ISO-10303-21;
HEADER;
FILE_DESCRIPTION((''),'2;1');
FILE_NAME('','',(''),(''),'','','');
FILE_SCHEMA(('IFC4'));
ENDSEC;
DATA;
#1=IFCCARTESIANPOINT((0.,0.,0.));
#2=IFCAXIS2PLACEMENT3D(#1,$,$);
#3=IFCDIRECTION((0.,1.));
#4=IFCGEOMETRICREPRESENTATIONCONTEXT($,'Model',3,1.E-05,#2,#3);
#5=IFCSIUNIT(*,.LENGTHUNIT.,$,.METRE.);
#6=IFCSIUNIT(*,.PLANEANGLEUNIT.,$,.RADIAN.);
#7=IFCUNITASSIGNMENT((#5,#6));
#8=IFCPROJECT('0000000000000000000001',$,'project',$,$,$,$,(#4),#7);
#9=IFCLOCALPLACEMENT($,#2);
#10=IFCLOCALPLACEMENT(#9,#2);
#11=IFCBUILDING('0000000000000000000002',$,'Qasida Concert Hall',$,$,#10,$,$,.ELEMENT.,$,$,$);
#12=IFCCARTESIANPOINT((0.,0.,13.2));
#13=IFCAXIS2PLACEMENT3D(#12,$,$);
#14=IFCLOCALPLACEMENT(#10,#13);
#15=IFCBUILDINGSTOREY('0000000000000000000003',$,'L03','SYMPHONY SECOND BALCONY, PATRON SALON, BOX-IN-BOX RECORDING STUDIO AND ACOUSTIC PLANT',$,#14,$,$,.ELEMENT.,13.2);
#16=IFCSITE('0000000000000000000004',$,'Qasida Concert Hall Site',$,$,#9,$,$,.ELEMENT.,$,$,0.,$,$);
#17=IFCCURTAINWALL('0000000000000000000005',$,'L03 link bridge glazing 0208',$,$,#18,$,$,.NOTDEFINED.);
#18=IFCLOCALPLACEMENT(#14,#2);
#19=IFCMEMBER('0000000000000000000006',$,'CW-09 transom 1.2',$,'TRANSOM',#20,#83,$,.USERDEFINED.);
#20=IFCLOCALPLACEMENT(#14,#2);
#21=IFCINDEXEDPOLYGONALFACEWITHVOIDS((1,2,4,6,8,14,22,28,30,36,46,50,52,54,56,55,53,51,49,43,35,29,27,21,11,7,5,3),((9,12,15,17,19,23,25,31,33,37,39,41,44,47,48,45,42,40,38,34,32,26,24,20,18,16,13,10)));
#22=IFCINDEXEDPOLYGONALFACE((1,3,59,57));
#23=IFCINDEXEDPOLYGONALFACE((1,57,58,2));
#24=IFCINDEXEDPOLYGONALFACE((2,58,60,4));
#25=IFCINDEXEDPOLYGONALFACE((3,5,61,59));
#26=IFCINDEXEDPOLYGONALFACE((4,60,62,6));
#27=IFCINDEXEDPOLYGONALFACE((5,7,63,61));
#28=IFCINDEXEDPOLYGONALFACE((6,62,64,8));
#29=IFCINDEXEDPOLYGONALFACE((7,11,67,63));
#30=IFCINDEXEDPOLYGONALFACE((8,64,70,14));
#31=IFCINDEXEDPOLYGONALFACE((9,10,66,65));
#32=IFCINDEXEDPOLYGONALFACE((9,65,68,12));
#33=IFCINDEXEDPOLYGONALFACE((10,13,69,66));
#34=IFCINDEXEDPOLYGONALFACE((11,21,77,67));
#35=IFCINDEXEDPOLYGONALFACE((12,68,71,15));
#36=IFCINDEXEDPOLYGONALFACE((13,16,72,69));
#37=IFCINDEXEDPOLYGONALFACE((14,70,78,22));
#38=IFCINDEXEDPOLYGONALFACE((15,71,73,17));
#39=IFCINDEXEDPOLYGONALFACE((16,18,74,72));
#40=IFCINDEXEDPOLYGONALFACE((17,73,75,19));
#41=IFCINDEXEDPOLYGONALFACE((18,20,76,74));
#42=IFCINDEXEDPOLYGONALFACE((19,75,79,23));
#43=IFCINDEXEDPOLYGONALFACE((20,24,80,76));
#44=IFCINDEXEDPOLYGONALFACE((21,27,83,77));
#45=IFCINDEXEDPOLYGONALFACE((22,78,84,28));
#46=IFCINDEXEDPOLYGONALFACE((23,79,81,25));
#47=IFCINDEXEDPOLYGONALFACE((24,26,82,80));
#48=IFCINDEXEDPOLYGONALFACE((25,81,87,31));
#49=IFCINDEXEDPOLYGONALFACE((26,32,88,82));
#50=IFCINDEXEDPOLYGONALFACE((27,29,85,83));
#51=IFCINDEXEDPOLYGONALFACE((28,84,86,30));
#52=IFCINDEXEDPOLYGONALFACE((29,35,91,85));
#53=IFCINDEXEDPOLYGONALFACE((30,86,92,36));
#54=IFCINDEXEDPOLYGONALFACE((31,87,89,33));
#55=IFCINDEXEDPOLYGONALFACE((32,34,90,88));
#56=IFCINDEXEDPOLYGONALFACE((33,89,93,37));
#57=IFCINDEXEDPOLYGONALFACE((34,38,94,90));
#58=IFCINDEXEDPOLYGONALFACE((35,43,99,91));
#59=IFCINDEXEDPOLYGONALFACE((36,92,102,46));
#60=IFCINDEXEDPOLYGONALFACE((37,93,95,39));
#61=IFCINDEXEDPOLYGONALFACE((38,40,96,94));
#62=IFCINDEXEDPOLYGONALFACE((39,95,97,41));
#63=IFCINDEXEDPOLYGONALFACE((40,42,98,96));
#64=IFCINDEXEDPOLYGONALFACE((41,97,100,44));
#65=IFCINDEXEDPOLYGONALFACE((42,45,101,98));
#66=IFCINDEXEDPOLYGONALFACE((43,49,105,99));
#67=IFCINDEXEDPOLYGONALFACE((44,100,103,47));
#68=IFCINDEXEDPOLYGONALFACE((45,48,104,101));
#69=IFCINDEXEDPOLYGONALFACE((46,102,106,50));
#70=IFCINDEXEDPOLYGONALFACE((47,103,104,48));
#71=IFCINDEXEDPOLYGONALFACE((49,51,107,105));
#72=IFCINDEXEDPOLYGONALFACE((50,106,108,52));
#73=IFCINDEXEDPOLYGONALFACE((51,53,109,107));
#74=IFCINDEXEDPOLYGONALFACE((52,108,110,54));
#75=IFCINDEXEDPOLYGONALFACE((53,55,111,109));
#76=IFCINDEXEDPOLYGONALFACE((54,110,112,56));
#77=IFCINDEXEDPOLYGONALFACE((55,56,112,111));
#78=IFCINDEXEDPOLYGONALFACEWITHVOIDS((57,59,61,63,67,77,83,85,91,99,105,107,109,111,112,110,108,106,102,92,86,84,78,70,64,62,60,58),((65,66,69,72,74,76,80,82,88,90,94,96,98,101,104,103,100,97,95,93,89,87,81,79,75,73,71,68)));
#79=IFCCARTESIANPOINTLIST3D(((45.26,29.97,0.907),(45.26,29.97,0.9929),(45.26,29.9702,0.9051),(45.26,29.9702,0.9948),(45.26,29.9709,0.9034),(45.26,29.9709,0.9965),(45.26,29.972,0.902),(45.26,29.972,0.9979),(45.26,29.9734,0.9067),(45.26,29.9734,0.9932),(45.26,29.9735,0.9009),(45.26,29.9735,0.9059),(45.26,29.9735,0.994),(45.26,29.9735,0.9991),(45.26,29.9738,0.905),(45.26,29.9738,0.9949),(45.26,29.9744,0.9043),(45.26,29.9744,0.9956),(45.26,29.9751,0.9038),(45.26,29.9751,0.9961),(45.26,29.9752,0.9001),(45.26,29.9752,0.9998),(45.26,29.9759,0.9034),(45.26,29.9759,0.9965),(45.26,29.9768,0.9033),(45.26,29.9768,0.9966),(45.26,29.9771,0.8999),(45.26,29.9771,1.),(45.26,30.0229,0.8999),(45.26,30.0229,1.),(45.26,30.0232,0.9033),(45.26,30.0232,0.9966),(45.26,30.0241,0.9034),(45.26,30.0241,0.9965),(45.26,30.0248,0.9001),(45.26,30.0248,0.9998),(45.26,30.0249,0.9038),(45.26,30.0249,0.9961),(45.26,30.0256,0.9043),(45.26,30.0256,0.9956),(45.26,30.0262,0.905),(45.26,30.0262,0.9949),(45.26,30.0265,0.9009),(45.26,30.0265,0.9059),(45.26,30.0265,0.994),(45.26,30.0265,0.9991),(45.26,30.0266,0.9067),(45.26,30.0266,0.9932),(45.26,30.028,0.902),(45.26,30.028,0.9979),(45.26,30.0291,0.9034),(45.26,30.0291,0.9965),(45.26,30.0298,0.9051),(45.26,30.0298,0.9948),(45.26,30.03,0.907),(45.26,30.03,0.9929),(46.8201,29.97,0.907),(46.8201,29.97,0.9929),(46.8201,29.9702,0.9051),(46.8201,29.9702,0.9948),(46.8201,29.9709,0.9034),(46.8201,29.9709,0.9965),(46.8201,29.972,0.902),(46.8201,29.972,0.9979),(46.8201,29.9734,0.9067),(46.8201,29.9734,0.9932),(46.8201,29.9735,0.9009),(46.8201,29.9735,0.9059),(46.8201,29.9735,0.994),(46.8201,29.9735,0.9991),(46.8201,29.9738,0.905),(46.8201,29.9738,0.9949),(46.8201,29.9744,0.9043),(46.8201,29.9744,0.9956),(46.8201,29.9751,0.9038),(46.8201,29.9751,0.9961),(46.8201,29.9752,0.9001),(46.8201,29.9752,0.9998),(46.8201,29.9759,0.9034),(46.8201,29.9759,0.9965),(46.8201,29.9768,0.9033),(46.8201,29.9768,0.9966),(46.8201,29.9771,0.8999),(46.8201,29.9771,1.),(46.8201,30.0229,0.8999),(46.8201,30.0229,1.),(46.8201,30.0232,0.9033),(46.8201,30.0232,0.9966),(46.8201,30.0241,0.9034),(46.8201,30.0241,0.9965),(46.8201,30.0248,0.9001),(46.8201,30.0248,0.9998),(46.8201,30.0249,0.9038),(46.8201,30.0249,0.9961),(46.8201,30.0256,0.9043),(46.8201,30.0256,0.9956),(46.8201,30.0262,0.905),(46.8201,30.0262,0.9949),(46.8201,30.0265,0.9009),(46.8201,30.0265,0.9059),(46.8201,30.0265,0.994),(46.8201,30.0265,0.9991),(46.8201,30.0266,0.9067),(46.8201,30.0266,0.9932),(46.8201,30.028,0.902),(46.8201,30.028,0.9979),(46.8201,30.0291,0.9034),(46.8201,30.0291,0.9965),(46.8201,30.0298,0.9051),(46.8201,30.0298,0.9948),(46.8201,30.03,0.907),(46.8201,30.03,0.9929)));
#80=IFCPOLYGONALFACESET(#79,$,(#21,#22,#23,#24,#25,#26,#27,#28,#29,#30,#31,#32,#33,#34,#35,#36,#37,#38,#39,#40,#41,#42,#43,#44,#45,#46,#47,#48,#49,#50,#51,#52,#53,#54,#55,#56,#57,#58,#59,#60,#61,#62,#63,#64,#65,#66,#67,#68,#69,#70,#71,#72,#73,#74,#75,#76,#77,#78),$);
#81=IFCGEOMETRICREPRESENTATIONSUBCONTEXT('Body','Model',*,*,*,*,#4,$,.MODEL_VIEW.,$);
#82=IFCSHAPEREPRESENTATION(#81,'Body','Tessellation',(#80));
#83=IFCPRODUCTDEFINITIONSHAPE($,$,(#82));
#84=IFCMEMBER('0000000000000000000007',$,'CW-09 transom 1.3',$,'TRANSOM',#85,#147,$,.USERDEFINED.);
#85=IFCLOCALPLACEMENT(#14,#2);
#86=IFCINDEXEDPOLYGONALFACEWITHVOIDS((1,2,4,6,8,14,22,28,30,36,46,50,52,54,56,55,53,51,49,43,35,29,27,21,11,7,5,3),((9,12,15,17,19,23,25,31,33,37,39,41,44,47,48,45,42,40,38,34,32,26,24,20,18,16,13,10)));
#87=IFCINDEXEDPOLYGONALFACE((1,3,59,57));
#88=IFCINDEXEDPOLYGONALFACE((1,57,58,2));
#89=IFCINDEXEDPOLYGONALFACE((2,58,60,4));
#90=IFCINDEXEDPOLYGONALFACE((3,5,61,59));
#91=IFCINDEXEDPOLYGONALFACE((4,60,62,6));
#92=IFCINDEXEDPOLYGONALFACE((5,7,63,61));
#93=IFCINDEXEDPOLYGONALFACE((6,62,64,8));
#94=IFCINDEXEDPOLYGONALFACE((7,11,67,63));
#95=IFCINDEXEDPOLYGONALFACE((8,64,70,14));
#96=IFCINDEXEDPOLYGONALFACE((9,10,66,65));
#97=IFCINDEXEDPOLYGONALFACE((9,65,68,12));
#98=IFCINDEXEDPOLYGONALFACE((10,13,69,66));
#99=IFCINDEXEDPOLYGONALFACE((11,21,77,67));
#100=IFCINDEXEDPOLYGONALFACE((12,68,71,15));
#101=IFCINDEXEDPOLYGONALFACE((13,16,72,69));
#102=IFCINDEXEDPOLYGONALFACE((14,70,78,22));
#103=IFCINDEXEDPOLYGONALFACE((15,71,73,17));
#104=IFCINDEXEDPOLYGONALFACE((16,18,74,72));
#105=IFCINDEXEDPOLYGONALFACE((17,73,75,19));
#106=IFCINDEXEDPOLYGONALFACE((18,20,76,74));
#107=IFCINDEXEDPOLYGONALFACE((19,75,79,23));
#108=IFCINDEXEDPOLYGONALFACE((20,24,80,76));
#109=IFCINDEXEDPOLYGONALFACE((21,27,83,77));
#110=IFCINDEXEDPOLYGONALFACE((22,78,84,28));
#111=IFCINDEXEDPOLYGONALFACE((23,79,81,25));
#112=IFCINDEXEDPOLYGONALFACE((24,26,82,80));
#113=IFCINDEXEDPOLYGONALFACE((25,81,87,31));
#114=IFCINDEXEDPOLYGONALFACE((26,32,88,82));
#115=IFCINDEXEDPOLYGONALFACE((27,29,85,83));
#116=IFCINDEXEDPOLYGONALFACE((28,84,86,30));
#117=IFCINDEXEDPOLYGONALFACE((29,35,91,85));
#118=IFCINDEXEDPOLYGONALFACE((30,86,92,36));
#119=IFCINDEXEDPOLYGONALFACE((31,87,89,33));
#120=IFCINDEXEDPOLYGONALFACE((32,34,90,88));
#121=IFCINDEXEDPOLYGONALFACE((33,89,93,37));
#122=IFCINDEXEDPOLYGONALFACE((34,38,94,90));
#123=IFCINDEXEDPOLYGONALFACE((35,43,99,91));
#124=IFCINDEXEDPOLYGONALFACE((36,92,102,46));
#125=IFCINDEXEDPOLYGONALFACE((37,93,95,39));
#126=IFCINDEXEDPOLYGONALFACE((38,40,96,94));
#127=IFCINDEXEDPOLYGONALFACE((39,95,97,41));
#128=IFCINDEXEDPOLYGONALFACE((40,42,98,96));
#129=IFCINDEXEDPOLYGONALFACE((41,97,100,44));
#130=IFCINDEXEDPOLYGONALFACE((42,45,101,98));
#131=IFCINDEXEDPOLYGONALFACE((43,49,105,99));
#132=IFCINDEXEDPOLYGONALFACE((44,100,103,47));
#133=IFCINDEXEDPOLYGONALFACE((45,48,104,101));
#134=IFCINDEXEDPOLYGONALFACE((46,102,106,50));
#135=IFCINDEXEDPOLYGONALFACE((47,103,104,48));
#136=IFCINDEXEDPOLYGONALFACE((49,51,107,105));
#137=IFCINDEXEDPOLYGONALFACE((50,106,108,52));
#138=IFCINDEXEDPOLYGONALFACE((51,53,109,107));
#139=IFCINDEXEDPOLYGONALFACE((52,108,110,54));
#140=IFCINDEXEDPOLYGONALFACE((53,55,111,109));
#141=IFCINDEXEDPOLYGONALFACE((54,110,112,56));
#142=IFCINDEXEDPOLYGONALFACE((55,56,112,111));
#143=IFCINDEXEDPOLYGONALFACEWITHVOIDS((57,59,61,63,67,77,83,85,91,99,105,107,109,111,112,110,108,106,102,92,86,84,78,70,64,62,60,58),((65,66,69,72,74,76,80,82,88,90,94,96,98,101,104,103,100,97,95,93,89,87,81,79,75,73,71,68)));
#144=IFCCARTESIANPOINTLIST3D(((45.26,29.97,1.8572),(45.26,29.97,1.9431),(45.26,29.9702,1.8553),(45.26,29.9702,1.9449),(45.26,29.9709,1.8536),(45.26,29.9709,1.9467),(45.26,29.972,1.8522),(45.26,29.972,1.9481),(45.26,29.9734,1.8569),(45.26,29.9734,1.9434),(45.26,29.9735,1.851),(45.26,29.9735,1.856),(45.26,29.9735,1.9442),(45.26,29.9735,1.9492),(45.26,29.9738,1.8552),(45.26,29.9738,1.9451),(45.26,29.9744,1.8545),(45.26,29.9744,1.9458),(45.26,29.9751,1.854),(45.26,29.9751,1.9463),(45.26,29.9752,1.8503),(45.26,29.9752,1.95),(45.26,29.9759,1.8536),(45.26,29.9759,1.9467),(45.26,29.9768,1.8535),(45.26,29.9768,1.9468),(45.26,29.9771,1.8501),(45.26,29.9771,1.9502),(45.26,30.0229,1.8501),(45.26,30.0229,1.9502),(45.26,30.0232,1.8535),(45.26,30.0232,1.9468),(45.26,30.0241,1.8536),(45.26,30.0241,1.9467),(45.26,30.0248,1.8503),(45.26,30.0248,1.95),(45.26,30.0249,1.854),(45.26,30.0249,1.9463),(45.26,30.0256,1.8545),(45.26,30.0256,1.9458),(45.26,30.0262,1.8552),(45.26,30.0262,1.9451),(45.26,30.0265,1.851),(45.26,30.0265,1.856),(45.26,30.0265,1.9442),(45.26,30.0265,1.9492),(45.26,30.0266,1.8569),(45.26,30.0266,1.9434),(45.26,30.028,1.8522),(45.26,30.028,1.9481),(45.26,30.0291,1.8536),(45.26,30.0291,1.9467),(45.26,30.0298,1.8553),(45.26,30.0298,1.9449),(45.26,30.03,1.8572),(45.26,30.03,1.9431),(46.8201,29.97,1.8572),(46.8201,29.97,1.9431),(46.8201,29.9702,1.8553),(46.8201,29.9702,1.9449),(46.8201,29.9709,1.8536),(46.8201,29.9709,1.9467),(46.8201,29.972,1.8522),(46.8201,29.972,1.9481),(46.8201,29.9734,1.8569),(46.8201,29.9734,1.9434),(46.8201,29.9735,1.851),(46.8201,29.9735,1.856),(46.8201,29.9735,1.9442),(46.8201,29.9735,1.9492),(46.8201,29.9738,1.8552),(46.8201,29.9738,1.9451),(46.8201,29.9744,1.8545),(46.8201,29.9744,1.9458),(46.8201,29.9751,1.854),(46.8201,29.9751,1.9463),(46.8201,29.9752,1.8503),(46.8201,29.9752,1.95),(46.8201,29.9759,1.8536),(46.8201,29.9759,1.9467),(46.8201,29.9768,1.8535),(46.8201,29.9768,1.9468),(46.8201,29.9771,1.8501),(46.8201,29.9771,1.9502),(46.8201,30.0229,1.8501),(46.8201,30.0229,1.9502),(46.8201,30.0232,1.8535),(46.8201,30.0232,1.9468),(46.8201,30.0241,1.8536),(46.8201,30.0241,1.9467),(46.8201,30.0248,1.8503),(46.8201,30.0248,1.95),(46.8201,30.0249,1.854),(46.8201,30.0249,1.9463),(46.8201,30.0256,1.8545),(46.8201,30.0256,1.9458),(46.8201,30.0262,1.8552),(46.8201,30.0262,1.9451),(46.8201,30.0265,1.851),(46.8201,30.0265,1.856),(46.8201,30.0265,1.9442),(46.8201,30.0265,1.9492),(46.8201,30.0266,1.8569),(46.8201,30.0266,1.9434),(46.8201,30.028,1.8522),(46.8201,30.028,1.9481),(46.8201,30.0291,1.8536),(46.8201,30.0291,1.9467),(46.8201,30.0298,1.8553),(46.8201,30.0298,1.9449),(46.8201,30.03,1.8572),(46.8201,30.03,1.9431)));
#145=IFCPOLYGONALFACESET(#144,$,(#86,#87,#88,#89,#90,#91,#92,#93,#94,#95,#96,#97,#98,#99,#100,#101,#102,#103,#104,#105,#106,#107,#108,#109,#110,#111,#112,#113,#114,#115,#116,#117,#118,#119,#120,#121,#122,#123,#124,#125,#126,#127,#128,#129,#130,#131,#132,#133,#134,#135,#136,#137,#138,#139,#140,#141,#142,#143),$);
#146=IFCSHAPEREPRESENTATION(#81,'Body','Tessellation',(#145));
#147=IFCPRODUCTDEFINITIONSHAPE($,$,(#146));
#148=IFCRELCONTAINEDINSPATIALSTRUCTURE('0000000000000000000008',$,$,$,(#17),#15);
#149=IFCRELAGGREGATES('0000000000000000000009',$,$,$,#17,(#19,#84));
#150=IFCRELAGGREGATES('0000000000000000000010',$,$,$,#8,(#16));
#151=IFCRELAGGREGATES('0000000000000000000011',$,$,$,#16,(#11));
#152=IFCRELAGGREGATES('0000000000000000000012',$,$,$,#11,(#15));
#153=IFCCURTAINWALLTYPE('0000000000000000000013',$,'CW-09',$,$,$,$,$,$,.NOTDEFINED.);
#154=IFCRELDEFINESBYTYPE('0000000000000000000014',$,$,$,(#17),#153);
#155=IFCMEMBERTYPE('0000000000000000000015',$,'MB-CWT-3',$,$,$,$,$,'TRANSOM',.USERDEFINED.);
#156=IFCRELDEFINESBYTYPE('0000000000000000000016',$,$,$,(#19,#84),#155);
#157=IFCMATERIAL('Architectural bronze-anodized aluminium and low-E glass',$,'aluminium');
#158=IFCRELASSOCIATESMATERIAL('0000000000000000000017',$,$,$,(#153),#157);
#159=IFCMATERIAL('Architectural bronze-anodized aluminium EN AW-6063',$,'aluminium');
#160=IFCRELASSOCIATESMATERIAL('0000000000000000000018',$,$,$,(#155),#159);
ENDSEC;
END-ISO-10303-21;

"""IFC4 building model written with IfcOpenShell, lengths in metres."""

from ifc_helpers import new_model, si_unit, direction, frame, origin, origin_2d, place, context, subcontext, project, spatial, hollow_rectangle, extrude, material, material_profile, profile_set, type_object, element, aggregate, save


model = new_model("IFC4")

# Units and contexts
model_context = context("Model", 3, precision=1e-05, world=origin(), true_north=direction((0.0, 1.0)))
body_context = subcontext(model_context, "Body", "Model", "MODEL_VIEW")
ifc_project = project(units=[si_unit("LENGTHUNIT", "METRE"), si_unit("PLANEANGLEUNIT", "RADIAN")], contexts=[model_context])

# Site, building, storey
site_placement = place(None, origin())
site = spatial("IfcSite", under=ifc_project, at=site_placement, Name="Qasida Concert Hall Site", CompositionType="ELEMENT", RefElevation=0.0)
building_placement = place(site_placement, origin())
building = spatial("IfcBuilding", under=site, at=building_placement, Name="Qasida Concert Hall", CompositionType="ELEMENT")
storey_placement = place(building_placement, frame((0.0, 0.0, 13.2)))
storey = spatial("IfcBuildingStorey", under=building, at=storey_placement, Name="L03", Description="SYMPHONY SECOND BALCONY, PATRON SALON, BOX-IN-BOX RECORDING STUDIO AND ACOUSTIC PLANT", CompositionType="ELEMENT", Elevation=13.2)

# Curtain wall
ifc_material_1 = material(Name="Architectural bronze-anodized aluminium and low-E glass", Category="aluminium")
curtain_wall_type = type_object("IfcCurtainWallType", Name="CW-09", PredefinedType="NOTDEFINED", material=ifc_material_1)
ifc_material_2 = material(Name="Architectural bronze-anodized aluminium EN AW-6063", Category="aluminium")
curtain_wall_1_placement = place(storey_placement, origin())
curtain_wall_1 = element("IfcCurtainWall", 1, at=curtain_wall_1_placement, inside=storey, type_object=curtain_wall_type, Name="L03 link bridge glazing 0208", PredefinedType="NOTDEFINED")

# Members
ifc_material_profile_1 = material_profile(ifc_material_2, hollow_rectangle(XDim=0.0601, YDim=0.1001, WallThickness=0.0034, InnerFilletRadius=0.0034, OuterFilletRadius=0.0071, at=origin_2d()), Name="CWT 100x60x3.5")
ifc_profile_set_1 = profile_set([ifc_material_profile_1], Name="Architectural bronze-anodized aluminium EN AW-6063")
member_type_1 = type_object("IfcMemberType", Name="MB-CWT-3", ElementType="TRANSOM", PredefinedType="USERDEFINED", material=ifc_profile_set_1)
member_1_placement = place(storey_placement, frame((45.26, 30.0, 0.95), z_axis=(1.0, 0.0, 0.0), x_axis=(0.0, 1.0, 0.0)))
member_1 = element("IfcMember", 2, at=member_1_placement, type_object=member_type_1, Name="CW-09 transom 1.2", ObjectType="TRANSOM", PredefinedType="USERDEFINED", context=body_context, shape_type="SweptSolid", body=[
    extrude(hollow_rectangle(XDim=0.0601, YDim=0.1001, WallThickness=0.0034, InnerFilletRadius=0.0034, OuterFilletRadius=0.0071, at=origin_2d()), origin(), (0.0, 0.0, 1.0), 1.5601),
])
member_2_placement = place(storey_placement, frame((45.26, 30.0, 1.9001), z_axis=(1.0, 0.0, 0.0), x_axis=(0.0, 1.0, 0.0)))
member_2 = element("IfcMember", 3, at=member_2_placement, type_object=member_type_1, Name="CW-09 transom 1.3", ObjectType="TRANSOM", PredefinedType="USERDEFINED", context=body_context, shape_type="SweptSolid", body=[
    extrude(hollow_rectangle(XDim=0.0601, YDim=0.1001, WallThickness=0.0034, InnerFilletRadius=0.0034, OuterFilletRadius=0.0071, at=origin_2d()), origin(), (0.0, 0.0, 1.0), 1.5601),
])

aggregate(curtain_wall_1, [member_1, member_2])

save(model, "model.ifc")
